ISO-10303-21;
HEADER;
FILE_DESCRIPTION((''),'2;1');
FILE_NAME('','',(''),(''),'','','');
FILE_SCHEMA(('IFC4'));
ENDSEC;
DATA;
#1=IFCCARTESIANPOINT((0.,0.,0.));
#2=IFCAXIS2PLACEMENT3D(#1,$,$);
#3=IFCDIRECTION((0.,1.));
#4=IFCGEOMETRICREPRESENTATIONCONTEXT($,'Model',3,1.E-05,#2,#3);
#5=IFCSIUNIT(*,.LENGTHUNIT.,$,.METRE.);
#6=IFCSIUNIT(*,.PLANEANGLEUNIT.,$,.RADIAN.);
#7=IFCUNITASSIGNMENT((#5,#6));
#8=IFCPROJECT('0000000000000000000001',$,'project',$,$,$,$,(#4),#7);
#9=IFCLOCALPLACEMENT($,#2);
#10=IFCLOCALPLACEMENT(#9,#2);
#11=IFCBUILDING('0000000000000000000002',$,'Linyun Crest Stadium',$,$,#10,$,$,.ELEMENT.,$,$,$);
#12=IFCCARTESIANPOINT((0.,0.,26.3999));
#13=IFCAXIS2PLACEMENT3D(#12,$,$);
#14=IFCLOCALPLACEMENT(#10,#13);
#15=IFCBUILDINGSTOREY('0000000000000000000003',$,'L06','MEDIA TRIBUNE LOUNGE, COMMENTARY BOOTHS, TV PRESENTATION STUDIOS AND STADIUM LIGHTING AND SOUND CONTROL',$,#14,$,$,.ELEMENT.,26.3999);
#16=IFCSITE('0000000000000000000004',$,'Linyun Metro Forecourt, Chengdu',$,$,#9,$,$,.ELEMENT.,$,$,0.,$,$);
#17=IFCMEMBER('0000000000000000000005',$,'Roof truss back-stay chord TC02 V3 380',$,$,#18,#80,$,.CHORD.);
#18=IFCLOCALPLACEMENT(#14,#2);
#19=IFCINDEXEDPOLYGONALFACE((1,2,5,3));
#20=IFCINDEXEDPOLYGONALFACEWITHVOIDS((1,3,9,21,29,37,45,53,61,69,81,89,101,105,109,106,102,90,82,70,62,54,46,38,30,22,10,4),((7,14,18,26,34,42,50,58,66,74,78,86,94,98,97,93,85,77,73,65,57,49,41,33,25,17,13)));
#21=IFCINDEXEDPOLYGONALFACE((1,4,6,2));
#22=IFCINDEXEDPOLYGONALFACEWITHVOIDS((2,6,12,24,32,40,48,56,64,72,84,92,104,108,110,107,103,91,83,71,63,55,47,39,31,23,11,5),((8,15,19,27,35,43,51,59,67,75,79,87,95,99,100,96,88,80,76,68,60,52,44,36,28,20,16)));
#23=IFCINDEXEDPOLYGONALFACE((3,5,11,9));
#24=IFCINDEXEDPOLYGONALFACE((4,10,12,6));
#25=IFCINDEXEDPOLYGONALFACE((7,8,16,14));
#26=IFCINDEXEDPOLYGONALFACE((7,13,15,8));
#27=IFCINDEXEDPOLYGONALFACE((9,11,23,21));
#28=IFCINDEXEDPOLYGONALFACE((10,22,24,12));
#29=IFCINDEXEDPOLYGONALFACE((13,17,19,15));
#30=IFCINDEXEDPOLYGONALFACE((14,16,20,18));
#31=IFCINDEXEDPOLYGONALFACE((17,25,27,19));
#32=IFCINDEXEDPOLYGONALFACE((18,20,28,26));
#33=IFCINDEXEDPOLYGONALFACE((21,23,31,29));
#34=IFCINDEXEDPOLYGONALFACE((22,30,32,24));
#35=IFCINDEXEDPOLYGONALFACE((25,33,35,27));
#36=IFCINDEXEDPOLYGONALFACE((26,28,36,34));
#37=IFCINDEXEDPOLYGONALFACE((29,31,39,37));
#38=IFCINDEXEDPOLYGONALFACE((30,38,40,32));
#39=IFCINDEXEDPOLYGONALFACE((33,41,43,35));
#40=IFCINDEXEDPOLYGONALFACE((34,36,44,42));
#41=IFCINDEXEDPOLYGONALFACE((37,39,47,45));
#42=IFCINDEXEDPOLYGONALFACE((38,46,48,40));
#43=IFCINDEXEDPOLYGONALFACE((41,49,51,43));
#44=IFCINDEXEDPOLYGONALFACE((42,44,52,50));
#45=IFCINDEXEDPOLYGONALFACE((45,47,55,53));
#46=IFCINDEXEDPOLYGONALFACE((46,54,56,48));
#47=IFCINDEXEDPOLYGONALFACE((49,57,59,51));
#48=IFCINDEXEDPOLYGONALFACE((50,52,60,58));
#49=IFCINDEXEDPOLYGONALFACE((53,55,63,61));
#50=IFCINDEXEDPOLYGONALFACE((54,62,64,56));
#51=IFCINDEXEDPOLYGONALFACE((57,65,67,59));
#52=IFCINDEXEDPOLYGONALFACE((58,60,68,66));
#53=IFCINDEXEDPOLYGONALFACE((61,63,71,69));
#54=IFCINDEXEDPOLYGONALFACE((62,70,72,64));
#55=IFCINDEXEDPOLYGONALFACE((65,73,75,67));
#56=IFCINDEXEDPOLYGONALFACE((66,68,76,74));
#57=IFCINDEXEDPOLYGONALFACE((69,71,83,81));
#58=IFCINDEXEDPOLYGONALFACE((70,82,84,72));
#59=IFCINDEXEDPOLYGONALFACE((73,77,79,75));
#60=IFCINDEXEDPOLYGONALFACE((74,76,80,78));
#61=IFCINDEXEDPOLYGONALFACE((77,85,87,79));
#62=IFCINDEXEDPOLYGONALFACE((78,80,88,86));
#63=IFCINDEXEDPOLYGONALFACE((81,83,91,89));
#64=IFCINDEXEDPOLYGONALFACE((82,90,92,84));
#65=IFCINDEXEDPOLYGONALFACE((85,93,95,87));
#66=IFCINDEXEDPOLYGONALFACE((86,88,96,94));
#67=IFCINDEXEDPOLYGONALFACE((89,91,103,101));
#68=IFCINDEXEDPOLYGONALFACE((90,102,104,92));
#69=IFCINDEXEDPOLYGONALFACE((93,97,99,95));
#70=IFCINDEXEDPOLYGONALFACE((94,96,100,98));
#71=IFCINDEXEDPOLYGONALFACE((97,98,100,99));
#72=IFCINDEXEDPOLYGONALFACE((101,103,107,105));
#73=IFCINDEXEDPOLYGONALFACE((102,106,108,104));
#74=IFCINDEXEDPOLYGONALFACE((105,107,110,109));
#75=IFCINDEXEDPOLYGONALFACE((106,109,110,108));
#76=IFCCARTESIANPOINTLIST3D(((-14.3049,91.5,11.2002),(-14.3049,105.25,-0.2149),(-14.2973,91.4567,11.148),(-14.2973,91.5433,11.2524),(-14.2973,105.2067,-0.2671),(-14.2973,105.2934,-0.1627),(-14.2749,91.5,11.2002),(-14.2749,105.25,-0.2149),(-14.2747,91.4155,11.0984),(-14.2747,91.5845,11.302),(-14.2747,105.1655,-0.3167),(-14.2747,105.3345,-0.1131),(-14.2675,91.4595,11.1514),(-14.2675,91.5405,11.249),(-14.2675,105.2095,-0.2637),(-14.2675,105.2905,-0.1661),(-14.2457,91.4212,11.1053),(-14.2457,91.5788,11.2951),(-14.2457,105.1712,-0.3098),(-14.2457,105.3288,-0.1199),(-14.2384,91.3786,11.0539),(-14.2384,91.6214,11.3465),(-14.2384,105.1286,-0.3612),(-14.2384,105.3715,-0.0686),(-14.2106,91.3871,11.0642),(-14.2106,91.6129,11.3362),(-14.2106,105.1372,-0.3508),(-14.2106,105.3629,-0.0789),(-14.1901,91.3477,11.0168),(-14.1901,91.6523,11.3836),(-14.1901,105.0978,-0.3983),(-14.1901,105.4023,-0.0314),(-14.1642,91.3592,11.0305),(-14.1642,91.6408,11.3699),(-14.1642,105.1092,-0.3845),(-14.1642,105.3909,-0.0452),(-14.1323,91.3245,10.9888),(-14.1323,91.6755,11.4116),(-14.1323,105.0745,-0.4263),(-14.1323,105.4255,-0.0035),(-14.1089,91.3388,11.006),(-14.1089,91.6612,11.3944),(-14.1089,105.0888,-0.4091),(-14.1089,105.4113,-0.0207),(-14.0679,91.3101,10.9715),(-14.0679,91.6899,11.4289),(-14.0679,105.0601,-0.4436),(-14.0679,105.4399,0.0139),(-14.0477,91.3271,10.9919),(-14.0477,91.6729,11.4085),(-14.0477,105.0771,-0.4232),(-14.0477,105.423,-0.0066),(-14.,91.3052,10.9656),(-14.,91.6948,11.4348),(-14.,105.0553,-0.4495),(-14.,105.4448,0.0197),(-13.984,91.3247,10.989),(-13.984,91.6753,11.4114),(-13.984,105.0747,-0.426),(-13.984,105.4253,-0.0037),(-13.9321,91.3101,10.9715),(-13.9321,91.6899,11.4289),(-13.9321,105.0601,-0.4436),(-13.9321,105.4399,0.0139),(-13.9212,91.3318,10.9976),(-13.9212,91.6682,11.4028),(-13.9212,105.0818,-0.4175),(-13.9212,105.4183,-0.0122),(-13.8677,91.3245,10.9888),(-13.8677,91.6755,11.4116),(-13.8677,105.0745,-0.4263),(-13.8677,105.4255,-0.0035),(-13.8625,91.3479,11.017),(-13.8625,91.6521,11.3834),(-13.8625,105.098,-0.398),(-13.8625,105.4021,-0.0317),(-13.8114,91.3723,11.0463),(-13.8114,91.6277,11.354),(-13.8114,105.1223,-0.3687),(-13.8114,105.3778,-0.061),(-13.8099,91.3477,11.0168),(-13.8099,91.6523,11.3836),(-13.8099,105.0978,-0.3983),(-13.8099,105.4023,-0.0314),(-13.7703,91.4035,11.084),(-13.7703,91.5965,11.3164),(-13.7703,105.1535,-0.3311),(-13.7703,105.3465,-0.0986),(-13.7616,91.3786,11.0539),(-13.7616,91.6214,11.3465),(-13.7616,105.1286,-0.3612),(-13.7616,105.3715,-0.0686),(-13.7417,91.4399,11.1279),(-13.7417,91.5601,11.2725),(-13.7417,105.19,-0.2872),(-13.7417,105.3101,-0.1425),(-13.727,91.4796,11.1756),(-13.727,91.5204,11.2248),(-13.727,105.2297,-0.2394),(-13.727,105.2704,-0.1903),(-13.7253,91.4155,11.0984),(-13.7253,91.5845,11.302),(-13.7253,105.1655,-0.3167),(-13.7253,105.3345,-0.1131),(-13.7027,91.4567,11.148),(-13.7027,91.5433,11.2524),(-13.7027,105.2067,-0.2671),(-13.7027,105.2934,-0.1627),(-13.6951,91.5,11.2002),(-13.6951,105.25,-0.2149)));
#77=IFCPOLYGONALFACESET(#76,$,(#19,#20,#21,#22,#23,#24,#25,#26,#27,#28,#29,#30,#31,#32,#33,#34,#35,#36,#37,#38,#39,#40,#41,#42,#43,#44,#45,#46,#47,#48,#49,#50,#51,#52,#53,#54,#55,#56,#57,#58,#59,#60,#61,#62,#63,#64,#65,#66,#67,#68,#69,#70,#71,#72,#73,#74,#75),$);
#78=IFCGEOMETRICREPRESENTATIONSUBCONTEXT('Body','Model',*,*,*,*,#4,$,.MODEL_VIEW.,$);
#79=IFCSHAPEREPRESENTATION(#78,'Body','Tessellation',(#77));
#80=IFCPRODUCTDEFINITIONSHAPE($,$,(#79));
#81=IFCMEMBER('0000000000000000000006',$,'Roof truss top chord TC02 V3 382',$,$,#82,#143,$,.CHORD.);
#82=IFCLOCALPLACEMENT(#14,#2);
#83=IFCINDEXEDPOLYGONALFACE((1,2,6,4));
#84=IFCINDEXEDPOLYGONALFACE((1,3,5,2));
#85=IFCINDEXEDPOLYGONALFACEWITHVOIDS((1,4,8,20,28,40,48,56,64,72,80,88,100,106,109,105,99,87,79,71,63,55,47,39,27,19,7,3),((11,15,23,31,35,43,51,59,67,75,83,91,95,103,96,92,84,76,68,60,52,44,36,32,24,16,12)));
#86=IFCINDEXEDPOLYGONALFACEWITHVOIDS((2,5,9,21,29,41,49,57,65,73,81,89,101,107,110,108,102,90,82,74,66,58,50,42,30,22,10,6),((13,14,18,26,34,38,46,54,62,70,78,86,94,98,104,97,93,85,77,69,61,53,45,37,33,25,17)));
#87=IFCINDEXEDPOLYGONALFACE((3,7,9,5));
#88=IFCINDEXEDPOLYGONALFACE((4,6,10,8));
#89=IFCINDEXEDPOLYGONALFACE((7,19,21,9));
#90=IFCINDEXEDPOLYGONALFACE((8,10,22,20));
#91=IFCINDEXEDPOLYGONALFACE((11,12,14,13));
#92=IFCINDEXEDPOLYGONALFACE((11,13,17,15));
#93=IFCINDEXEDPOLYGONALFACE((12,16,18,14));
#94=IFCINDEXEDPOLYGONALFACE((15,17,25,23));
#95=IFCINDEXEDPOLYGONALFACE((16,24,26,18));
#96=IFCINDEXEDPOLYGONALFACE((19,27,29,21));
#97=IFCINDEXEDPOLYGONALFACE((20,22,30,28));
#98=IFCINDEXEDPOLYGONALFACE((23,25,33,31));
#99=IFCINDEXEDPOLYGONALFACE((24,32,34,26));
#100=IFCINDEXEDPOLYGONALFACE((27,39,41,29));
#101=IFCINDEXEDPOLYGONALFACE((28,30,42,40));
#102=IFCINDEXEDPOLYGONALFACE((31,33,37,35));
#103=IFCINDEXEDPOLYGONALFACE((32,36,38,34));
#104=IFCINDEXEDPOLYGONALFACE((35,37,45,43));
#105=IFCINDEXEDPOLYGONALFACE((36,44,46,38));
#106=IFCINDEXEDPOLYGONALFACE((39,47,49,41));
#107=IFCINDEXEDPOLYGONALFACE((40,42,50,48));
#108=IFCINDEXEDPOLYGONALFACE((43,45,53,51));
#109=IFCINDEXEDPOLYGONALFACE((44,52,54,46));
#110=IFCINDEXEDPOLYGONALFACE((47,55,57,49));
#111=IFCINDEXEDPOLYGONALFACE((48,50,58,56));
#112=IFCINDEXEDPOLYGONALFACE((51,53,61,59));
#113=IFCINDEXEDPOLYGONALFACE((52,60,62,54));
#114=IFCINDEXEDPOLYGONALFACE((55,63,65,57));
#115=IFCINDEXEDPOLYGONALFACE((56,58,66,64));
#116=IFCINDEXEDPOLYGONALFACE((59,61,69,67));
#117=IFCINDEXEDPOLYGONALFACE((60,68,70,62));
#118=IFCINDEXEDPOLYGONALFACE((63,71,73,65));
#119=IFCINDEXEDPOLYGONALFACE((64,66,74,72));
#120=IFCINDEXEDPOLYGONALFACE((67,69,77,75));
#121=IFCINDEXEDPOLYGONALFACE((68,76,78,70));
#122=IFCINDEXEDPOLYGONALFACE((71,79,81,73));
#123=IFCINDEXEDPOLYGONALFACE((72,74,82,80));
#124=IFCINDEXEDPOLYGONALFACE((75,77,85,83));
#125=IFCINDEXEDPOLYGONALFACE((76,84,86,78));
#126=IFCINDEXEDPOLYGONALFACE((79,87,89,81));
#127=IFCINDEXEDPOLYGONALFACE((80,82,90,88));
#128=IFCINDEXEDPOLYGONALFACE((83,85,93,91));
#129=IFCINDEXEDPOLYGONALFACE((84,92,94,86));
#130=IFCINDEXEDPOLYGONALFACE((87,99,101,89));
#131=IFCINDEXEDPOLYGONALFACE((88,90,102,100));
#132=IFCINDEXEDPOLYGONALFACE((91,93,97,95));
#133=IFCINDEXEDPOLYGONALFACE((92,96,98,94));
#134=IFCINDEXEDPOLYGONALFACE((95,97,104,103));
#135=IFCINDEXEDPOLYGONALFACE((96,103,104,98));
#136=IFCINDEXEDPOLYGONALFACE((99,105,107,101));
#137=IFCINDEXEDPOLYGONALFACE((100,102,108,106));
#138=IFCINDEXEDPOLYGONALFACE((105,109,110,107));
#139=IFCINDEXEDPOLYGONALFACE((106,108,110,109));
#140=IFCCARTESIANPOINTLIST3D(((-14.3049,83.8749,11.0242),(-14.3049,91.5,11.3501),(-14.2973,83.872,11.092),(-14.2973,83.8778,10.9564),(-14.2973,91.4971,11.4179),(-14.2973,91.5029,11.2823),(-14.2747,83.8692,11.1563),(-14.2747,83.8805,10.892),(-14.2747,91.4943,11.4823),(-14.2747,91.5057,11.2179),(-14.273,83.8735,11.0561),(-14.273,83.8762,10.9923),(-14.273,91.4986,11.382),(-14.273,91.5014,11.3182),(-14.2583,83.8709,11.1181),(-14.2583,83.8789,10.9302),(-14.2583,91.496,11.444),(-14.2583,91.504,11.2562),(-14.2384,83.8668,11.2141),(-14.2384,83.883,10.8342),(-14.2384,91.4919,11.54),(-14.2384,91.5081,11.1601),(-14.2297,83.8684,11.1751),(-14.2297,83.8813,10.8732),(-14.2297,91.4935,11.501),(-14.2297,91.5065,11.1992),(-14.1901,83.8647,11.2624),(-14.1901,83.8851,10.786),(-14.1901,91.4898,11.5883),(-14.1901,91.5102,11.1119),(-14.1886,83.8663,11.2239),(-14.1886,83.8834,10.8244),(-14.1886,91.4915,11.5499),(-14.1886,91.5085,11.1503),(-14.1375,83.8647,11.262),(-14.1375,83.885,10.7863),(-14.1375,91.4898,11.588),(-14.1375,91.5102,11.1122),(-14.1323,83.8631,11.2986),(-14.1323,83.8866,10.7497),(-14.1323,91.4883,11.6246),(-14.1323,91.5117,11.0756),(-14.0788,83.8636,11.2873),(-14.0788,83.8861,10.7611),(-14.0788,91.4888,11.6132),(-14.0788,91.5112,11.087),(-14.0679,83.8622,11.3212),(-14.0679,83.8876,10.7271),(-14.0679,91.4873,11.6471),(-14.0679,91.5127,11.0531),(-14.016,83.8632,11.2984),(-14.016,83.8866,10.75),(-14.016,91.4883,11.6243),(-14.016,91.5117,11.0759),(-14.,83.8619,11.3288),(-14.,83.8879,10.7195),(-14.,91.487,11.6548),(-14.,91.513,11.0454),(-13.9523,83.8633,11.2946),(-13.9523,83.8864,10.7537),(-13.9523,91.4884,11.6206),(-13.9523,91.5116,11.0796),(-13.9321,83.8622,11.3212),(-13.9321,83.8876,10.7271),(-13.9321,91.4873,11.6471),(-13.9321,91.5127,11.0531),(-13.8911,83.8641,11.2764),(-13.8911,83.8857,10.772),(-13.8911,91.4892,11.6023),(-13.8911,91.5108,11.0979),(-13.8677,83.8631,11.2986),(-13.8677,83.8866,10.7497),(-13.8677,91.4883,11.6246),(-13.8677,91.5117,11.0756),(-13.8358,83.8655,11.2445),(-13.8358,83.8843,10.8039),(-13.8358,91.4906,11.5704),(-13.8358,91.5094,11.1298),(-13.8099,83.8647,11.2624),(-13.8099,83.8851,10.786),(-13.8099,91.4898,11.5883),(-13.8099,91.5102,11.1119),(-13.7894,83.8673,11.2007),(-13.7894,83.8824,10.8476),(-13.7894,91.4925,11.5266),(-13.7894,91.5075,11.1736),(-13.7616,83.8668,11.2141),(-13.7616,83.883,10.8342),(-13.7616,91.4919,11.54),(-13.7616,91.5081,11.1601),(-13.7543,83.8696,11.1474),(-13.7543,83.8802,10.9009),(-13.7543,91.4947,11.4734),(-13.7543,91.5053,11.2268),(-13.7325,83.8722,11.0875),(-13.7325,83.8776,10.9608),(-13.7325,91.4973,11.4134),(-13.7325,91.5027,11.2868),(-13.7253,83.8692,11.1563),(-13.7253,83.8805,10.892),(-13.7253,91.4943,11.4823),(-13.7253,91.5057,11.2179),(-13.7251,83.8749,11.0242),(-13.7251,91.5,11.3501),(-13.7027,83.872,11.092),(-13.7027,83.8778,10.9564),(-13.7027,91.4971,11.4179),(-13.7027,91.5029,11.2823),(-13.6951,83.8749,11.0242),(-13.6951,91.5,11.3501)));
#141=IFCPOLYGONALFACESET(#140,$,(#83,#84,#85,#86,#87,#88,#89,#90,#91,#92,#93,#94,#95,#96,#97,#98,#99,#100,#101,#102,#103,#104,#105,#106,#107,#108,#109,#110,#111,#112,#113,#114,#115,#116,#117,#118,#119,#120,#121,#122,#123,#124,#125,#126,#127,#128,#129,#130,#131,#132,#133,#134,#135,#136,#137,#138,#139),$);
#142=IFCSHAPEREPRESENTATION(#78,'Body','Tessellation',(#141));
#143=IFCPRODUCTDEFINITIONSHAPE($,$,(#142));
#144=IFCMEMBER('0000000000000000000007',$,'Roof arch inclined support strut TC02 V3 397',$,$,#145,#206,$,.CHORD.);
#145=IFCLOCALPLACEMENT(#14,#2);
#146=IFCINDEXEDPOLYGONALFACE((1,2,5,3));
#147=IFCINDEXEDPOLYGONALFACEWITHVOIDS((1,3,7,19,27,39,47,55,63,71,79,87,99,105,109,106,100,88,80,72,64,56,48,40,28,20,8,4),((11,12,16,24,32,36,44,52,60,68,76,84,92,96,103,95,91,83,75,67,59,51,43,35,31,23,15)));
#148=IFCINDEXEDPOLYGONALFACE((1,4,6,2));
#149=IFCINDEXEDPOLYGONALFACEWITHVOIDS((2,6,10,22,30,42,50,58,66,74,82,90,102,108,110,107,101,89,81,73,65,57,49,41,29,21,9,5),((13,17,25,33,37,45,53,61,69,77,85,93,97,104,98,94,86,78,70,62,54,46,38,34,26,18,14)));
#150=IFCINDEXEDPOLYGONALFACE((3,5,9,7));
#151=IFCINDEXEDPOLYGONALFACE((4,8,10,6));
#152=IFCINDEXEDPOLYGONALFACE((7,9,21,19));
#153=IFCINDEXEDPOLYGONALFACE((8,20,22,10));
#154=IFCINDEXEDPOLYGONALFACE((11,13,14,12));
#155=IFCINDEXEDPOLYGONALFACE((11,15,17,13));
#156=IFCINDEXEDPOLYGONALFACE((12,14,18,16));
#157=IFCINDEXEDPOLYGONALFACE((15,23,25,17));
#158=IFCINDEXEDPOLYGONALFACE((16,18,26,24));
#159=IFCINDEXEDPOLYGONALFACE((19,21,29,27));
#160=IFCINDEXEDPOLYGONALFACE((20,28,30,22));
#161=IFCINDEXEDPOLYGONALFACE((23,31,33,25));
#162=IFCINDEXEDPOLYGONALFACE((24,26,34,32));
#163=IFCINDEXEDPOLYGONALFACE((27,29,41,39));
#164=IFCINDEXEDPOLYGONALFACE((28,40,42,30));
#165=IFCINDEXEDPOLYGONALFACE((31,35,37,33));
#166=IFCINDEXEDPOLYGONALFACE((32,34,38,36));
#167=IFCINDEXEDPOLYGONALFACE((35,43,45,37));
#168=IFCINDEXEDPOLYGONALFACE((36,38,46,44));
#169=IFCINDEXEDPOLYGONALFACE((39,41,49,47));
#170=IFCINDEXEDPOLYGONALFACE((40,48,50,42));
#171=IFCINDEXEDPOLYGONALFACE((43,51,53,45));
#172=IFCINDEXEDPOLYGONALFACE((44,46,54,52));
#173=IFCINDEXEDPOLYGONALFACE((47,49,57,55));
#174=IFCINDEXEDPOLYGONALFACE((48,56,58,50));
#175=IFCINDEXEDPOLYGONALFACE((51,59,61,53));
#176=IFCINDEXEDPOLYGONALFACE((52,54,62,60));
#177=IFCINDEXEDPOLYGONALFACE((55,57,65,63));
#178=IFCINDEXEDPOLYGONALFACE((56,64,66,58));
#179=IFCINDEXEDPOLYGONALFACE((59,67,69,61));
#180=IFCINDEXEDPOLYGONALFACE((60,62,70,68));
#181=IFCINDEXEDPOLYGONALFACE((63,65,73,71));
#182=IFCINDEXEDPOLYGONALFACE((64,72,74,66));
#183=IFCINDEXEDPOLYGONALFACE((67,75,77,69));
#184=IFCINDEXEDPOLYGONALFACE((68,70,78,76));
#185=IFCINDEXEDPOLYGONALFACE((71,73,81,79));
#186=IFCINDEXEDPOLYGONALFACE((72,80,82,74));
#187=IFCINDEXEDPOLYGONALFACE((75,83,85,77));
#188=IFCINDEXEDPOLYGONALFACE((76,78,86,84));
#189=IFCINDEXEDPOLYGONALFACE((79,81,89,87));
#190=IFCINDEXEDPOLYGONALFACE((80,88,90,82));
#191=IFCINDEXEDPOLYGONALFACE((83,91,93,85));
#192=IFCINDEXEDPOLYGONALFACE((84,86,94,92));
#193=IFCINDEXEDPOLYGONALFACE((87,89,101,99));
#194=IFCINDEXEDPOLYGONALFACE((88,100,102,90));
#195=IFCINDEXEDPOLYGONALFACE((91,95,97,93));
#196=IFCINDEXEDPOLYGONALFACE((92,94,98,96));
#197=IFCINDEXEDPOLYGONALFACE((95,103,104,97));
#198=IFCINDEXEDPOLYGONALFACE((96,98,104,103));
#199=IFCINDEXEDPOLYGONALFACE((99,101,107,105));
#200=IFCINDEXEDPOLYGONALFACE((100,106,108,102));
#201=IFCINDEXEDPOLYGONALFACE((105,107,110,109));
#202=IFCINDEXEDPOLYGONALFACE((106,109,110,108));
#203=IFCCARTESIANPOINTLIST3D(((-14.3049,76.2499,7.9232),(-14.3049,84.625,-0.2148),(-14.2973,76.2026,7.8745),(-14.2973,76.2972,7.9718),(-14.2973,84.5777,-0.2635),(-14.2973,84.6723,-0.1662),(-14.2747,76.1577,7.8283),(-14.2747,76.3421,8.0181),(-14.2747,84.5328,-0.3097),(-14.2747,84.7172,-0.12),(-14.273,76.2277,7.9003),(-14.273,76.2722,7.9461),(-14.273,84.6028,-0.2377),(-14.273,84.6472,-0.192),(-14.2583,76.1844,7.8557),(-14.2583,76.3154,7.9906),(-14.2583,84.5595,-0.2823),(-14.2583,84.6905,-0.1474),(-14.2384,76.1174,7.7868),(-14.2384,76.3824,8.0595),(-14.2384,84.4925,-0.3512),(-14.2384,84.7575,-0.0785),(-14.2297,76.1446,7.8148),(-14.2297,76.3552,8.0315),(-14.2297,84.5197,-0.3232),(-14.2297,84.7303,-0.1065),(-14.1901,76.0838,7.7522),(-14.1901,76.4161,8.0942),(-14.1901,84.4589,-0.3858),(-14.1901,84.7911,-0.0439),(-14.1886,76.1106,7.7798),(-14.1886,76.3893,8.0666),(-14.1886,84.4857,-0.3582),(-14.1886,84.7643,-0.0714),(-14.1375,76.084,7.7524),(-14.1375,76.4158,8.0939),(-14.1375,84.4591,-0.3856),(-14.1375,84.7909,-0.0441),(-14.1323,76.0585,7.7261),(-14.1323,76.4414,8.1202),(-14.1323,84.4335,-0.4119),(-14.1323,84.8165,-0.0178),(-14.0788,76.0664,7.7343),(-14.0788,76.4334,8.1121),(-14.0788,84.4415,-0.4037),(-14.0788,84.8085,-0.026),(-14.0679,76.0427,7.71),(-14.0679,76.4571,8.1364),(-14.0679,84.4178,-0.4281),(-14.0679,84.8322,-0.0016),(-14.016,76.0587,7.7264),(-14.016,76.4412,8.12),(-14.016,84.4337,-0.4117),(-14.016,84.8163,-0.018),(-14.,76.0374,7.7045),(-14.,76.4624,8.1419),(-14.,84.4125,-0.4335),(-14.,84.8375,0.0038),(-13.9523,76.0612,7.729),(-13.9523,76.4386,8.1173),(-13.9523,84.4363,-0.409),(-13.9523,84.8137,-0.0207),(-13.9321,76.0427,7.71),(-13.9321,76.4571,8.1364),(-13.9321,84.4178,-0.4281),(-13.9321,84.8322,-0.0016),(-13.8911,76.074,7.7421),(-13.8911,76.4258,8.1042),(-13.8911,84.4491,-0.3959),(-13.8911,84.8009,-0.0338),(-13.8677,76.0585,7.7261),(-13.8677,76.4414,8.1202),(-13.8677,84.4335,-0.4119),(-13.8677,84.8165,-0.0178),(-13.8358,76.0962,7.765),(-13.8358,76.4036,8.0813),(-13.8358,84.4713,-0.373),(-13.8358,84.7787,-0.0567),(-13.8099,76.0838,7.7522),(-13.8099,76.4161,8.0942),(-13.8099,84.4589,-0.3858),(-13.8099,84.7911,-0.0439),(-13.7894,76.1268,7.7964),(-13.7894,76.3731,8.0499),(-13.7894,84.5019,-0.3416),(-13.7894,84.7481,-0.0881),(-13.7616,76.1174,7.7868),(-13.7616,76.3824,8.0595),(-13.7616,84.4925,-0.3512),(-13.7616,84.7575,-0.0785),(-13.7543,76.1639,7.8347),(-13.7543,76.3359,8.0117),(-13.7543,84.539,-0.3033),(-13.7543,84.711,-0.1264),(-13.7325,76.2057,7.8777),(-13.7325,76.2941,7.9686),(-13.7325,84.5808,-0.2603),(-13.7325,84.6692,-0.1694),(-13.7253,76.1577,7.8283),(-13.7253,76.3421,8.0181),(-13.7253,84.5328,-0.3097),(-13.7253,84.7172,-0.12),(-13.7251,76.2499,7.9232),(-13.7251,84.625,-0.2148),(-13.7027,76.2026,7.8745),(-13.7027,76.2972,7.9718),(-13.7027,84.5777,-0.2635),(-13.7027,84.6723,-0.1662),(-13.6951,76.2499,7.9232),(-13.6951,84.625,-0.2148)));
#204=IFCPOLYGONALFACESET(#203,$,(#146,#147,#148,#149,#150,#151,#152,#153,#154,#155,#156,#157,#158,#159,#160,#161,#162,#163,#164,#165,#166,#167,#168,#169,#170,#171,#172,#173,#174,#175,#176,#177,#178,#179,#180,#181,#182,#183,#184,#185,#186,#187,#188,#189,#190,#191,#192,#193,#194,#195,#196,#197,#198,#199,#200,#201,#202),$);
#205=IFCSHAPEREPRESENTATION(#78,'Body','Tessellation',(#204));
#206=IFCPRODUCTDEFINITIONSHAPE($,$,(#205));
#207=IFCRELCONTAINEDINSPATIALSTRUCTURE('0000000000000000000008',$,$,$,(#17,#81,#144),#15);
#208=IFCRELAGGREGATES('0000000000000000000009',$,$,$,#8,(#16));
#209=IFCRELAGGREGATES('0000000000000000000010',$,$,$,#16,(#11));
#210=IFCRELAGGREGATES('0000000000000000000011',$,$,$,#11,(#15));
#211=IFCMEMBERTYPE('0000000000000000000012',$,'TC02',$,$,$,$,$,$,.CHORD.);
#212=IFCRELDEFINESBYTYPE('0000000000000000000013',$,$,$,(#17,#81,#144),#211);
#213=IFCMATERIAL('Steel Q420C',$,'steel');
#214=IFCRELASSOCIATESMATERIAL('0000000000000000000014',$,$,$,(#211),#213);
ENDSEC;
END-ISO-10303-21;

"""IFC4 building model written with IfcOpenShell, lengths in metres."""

from ifc_helpers import new_model, si_unit, direction, frame, origin, origin_2d, place, context, subcontext, project, spatial, hollow_circle, extrude, material, material_profile, profile_set, type_object, element, save


model = new_model("IFC4")

# Units and contexts
model_context = context("Model", 3, precision=1e-05, world=origin(), true_north=direction((0.0, 1.0)))
body_context = subcontext(model_context, "Body", "Model", "MODEL_VIEW")
ifc_project = project(units=[si_unit("LENGTHUNIT", "METRE"), si_unit("PLANEANGLEUNIT", "RADIAN")], contexts=[model_context])

# Site, building, storey
site_placement = place(None, origin())
site = spatial("IfcSite", under=ifc_project, at=site_placement, Name="Linyun Metro Forecourt, Chengdu", CompositionType="ELEMENT", RefElevation=0.0)
building_placement = place(site_placement, origin())
building = spatial("IfcBuilding", under=site, at=building_placement, Name="Linyun Crest Stadium", CompositionType="ELEMENT")
storey_placement = place(building_placement, frame((0.0, 0.0, 26.3999)))
storey = spatial("IfcBuildingStorey", under=building, at=storey_placement, Name="L06", Description="MEDIA TRIBUNE LOUNGE, COMMENTARY BOOTHS, TV PRESENTATION STUDIOS AND STADIUM LIGHTING AND SOUND CONTROL", CompositionType="ELEMENT", Elevation=26.3999)

# Members
ifc_material_1 = material(Name="Steel Q420C", Category="steel")
ifc_material_profile_1 = material_profile(ifc_material_1, hollow_circle(Radius=0.3049, WallThickness=0.03, at=origin_2d()), Name="CHS 610x30")
ifc_profile_set_1 = profile_set([ifc_material_profile_1], Name="Steel Q420C")
member_type_1 = type_object("IfcMemberType", Name="TC02", PredefinedType="CHORD", material=ifc_profile_set_1)
member_1_placement = place(storey_placement, frame((-14.0, 91.5, 11.2002), z_axis=(0.0, 0.769411, -0.638754), x_axis=(-1.0, 0.0, 0.0)))
element("IfcMember", 1, at=member_1_placement, inside=storey, type_object=member_type_1, Name="Roof truss back-stay chord TC02 V3 380", PredefinedType="CHORD", context=body_context, shape_type="SweptSolid", body=[
    extrude(hollow_circle(Radius=0.3049, WallThickness=0.03, at=origin_2d()), origin(), (0.0, 0.0, 1.0), 17.8708),
])
member_2_placement = place(storey_placement, frame((-14.0, 91.5, 11.3501), z_axis=(0.0, -0.999088, -0.042706), x_axis=(1.0, 0.0, 0.0)))
element("IfcMember", 2, at=member_2_placement, inside=storey, type_object=member_type_1, Name="Roof truss top chord TC02 V3 382", PredefinedType="CHORD", context=body_context, shape_type="SweptSolid", body=[
    extrude(hollow_circle(Radius=0.3049, WallThickness=0.03, at=origin_2d()), origin(), (0.0, 0.0, 1.0), 7.6321),
])
member_3_placement = place(storey_placement, frame((-14.0, 84.625, -0.2148), z_axis=(0.0, -0.717184, 0.696884), x_axis=(1.0, 0.0, 0.0)))
element("IfcMember", 3, at=member_3_placement, inside=storey, type_object=member_type_1, Name="Roof arch inclined support strut TC02 V3 397", PredefinedType="CHORD", context=body_context, shape_type="SweptSolid", body=[
    extrude(hollow_circle(Radius=0.3049, WallThickness=0.03, at=origin_2d()), origin(), (0.0, 0.0, 1.0), 11.6777),
])

save(model, "model.ifc")
